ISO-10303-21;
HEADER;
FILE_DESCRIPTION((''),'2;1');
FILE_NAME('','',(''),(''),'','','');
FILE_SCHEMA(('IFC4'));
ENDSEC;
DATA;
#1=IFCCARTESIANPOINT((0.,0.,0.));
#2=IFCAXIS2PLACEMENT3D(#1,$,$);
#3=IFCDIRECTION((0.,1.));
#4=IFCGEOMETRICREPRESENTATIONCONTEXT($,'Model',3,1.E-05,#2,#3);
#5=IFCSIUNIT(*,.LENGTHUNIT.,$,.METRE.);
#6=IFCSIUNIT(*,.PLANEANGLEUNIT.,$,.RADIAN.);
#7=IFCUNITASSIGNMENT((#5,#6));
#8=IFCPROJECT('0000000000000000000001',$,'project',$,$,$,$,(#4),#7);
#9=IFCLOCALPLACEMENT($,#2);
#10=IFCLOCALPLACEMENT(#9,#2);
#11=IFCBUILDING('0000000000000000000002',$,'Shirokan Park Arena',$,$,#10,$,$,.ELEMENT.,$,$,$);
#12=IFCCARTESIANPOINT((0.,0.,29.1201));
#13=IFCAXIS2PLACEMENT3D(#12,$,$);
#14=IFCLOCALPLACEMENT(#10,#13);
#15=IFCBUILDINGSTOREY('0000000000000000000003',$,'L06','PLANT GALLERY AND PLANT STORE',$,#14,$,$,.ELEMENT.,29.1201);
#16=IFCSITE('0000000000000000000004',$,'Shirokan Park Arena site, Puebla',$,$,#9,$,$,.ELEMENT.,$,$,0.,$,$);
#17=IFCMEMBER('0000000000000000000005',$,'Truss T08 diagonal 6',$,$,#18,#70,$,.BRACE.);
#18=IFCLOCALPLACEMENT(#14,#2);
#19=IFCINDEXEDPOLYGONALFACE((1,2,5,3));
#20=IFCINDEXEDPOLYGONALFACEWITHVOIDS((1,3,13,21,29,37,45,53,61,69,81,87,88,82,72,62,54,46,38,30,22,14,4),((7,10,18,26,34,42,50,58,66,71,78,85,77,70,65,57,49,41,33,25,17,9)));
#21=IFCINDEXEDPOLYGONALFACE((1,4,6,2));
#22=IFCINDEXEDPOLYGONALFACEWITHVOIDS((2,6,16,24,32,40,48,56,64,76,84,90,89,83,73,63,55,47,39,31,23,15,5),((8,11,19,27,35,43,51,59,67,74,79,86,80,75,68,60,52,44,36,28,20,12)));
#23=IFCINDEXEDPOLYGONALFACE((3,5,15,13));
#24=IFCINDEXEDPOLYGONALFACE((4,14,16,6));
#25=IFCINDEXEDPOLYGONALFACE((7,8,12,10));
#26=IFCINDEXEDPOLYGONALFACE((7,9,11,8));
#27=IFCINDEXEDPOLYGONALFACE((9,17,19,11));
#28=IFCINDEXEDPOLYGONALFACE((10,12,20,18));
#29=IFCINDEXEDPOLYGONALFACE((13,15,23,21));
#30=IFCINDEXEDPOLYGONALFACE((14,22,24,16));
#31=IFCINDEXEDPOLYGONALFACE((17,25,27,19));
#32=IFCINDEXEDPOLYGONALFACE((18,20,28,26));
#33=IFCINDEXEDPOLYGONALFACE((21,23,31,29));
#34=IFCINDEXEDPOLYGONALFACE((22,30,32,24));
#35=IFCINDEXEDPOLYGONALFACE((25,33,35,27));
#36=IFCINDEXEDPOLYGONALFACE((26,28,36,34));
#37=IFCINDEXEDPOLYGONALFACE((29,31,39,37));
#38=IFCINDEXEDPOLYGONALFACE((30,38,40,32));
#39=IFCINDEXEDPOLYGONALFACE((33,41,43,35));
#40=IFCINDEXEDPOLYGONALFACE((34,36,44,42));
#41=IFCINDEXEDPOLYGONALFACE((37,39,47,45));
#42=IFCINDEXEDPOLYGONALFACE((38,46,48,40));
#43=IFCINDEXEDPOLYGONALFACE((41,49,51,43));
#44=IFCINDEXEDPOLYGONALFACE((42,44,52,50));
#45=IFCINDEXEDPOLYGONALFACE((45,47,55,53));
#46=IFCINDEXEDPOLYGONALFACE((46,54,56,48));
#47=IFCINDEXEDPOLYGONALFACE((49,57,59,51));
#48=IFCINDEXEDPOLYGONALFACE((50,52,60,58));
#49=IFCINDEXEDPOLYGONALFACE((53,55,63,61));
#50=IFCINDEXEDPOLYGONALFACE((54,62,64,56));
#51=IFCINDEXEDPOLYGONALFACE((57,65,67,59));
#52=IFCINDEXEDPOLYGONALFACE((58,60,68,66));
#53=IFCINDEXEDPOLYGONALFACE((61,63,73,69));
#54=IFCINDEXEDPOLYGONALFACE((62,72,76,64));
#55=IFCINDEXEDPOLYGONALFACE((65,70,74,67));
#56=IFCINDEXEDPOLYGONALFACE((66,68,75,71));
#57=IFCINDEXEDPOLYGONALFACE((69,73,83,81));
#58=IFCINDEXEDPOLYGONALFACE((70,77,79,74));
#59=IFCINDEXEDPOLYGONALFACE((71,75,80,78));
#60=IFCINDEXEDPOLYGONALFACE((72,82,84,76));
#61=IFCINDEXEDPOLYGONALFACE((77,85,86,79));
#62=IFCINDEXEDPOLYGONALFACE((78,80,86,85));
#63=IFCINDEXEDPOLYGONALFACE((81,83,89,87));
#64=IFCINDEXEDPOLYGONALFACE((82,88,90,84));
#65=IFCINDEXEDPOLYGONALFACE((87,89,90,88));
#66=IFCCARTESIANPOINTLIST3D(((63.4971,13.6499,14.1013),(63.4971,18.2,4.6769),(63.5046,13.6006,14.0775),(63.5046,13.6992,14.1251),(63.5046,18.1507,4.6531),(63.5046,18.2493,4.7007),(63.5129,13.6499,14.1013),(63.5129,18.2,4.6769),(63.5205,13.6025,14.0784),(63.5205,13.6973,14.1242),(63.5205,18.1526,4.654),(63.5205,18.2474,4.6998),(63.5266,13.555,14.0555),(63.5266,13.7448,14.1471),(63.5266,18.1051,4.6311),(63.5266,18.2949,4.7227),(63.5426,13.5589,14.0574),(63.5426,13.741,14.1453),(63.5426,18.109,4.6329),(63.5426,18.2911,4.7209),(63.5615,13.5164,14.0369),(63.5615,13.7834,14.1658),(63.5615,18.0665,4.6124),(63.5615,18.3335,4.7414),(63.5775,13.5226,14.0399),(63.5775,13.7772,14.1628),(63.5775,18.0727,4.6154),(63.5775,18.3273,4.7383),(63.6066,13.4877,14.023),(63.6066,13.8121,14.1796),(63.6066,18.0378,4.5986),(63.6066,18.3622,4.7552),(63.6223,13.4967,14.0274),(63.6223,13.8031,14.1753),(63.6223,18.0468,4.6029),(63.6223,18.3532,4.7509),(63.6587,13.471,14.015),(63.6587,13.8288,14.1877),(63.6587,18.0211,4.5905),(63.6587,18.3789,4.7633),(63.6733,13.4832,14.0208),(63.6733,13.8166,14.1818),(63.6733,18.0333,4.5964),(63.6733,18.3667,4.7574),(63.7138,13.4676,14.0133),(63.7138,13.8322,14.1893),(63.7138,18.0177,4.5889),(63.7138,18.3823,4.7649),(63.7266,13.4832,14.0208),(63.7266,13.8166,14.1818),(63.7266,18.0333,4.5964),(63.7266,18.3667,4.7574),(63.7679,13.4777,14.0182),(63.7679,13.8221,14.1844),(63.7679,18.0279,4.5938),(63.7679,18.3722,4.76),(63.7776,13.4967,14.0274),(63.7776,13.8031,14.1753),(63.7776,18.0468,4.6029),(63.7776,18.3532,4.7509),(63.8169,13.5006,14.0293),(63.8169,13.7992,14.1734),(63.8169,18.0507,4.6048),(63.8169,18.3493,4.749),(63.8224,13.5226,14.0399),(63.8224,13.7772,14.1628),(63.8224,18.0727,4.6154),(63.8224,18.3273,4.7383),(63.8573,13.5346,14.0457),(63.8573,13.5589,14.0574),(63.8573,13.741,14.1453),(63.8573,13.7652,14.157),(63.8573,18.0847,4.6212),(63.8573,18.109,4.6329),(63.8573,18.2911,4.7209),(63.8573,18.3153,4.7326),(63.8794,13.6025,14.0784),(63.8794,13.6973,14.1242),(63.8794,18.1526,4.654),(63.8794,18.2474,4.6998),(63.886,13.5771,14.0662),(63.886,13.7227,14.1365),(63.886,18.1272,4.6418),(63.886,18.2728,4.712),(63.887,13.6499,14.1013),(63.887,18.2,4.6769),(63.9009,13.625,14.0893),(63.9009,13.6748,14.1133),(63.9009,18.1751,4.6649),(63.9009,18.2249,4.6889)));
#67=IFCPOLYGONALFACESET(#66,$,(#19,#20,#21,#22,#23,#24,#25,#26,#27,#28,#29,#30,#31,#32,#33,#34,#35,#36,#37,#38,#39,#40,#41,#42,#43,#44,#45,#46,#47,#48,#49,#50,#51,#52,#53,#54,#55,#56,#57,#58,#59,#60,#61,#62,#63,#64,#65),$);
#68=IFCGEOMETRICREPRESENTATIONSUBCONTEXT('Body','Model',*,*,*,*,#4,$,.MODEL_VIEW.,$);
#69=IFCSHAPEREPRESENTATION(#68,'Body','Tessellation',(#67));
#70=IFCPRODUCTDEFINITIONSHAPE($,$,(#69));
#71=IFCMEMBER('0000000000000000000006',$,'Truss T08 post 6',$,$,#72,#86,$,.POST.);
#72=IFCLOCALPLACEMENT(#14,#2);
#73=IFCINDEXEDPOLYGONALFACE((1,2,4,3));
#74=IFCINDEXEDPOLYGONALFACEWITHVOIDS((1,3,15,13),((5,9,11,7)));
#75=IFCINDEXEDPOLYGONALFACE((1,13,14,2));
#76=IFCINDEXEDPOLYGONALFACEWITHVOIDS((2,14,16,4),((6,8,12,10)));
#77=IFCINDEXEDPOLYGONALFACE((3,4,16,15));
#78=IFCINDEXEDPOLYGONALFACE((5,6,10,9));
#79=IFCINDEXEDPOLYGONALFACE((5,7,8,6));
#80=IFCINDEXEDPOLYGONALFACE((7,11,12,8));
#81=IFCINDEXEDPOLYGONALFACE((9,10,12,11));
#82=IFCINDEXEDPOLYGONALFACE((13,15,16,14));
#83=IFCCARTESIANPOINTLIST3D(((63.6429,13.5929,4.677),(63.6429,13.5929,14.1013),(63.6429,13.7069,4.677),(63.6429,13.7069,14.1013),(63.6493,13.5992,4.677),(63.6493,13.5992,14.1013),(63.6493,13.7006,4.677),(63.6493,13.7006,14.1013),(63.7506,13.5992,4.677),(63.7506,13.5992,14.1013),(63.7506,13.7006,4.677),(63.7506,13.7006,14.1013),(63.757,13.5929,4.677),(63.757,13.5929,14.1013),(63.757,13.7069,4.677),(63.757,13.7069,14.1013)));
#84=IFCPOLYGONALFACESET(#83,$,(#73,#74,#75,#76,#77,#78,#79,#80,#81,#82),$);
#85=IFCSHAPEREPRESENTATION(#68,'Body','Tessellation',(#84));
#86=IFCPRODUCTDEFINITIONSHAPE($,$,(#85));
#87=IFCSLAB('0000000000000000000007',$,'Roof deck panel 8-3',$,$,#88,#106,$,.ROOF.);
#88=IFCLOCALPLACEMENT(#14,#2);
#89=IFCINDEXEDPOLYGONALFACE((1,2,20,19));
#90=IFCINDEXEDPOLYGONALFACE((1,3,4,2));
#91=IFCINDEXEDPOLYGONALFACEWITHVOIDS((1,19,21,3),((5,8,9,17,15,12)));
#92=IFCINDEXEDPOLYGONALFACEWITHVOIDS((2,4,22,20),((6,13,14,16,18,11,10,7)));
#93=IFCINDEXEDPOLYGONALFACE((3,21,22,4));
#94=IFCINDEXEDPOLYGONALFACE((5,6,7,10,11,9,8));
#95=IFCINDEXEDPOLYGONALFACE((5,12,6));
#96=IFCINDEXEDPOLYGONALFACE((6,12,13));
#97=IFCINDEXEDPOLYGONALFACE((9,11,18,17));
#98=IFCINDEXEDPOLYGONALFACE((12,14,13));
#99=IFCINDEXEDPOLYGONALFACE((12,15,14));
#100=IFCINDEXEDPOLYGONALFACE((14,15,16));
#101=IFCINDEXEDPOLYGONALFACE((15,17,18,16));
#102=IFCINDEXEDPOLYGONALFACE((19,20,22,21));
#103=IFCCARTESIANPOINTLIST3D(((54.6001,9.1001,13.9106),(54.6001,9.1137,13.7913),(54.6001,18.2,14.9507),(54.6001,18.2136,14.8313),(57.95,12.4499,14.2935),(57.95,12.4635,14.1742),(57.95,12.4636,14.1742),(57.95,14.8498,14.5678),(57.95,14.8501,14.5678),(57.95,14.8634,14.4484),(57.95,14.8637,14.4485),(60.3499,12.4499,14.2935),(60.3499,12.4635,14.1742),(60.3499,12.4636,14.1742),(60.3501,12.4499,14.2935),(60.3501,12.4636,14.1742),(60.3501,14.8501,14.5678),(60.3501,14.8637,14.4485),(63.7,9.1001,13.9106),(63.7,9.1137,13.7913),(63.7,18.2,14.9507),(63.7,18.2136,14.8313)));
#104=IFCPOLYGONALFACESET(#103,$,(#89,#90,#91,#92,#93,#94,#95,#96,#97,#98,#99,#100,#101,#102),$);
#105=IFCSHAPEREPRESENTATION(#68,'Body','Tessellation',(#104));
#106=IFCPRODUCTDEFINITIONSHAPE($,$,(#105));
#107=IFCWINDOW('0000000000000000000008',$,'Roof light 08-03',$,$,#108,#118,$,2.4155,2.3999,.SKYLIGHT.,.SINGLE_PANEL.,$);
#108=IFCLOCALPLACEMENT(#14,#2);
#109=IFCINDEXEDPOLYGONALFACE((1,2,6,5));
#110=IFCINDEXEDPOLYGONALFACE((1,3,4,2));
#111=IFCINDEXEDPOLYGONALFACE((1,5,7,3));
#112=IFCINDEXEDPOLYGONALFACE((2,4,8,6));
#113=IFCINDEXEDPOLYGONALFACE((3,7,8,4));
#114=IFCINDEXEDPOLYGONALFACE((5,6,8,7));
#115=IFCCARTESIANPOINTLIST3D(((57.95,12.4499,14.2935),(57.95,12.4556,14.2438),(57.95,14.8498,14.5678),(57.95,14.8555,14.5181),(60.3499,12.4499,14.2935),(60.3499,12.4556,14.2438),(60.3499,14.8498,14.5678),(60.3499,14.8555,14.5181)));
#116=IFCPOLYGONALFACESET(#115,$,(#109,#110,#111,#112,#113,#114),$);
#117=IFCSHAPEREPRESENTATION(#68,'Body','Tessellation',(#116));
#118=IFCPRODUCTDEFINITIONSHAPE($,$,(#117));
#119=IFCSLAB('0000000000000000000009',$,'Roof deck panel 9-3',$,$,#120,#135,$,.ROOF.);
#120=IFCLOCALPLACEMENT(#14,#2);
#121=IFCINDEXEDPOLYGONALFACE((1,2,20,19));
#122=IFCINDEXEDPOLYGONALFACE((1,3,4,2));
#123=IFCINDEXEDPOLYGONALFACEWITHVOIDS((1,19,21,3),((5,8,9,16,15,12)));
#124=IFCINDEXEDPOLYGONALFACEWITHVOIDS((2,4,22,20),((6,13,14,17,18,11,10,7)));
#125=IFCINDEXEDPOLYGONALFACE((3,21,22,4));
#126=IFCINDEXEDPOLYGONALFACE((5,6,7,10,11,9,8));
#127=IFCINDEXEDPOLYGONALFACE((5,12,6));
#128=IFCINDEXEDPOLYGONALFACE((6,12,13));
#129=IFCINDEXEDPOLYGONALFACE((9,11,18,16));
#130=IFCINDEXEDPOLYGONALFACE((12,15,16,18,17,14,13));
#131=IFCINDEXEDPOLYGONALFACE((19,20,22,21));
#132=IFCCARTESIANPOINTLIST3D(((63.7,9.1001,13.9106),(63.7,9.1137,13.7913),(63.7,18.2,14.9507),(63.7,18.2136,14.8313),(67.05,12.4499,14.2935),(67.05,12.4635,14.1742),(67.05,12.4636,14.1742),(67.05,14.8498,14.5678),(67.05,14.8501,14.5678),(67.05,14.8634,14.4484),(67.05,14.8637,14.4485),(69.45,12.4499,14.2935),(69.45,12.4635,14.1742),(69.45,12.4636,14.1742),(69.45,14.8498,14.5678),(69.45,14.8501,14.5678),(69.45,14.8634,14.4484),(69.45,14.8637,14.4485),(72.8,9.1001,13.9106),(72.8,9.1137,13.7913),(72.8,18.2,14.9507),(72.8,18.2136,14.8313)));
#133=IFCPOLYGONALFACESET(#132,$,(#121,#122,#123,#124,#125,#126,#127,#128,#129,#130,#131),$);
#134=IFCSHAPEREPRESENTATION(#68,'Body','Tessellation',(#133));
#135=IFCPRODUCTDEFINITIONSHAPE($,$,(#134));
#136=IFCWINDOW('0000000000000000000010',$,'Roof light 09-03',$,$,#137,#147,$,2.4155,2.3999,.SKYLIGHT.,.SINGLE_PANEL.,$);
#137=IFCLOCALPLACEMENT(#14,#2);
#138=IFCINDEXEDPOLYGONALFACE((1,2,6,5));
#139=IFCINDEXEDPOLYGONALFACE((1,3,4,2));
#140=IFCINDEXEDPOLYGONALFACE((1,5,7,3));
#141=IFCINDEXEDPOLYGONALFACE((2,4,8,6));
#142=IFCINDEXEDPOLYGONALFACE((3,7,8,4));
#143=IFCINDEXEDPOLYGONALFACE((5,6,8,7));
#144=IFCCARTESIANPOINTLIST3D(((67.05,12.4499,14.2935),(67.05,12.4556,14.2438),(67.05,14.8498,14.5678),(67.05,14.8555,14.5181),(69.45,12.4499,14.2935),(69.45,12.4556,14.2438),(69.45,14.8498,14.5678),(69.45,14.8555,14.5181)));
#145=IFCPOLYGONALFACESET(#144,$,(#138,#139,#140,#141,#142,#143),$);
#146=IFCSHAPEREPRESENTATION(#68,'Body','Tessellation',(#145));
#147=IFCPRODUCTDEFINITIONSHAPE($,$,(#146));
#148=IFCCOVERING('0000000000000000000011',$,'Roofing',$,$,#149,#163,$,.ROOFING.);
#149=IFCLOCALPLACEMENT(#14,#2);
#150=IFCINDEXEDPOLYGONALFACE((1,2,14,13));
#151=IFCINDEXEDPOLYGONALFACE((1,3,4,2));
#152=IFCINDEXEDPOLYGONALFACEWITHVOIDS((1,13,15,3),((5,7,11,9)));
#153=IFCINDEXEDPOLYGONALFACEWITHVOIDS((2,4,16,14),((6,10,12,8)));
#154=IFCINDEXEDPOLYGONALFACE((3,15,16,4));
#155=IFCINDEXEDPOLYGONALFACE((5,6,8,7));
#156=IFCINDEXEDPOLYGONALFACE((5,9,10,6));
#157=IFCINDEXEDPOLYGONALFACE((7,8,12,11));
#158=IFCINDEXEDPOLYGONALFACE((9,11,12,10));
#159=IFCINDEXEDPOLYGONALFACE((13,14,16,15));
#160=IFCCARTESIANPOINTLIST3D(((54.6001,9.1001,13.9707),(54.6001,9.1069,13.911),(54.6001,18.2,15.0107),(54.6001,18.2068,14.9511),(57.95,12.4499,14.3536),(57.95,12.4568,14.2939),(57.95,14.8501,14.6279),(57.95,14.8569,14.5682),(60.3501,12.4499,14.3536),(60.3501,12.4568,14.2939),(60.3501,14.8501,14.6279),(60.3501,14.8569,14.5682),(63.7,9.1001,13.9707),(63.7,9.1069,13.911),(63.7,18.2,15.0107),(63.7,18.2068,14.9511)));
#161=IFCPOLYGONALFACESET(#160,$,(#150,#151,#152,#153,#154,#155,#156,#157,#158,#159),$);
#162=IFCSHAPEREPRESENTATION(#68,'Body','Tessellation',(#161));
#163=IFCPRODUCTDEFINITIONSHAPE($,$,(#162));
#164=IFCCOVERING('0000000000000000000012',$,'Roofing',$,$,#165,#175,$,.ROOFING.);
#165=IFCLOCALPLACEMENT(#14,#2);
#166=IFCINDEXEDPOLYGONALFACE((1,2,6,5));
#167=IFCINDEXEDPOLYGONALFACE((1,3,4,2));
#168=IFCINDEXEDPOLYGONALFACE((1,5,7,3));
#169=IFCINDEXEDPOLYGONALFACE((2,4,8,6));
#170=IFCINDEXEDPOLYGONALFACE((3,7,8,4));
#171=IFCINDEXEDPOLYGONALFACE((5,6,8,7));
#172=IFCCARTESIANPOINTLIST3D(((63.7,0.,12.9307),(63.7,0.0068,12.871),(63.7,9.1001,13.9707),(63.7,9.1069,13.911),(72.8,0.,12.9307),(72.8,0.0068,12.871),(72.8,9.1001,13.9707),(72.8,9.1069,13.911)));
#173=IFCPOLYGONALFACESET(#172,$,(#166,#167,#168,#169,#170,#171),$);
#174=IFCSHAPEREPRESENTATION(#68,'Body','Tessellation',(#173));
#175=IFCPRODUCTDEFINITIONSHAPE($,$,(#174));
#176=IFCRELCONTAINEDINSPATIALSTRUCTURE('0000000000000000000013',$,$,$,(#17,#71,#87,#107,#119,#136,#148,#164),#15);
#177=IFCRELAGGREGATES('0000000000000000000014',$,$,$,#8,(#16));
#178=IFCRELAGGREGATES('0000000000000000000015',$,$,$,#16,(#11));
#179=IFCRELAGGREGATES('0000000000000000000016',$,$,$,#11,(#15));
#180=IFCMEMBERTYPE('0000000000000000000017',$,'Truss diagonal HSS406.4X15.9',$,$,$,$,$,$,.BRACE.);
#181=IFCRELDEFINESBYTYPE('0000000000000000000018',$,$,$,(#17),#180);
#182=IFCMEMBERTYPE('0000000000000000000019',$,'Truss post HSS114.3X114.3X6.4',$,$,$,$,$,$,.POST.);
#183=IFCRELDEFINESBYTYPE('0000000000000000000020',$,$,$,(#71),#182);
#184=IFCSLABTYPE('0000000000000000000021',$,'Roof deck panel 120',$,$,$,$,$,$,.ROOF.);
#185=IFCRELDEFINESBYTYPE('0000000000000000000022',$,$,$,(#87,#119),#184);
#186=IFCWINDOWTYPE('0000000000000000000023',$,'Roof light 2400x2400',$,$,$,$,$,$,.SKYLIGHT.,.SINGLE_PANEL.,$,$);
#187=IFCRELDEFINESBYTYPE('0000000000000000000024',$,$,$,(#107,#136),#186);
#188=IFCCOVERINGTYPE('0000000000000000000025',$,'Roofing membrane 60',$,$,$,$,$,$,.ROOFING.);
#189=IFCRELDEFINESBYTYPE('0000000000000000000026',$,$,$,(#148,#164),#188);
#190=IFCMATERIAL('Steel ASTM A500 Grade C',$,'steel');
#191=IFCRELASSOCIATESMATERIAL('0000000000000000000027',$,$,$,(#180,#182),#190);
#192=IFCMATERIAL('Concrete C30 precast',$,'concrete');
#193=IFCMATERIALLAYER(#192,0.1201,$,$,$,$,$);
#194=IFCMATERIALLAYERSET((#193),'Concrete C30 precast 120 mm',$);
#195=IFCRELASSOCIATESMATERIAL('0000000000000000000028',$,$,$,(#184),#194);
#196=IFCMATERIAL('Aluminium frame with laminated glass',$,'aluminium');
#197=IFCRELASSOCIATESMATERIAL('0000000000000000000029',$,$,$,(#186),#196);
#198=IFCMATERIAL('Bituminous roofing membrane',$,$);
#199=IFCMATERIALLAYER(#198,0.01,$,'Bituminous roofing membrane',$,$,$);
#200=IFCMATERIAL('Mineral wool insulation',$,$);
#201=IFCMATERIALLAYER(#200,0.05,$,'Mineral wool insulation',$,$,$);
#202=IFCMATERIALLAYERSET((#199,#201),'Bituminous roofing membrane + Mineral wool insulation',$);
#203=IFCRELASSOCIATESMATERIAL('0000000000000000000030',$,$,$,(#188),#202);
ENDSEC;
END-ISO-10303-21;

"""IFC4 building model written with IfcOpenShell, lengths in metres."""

from ifc_helpers import new_model, si_unit, direction, frame, origin, origin_2d, place, context, subcontext, project, spatial, polyline, rectangle, hollow_rectangle, hollow_circle, outline, extrude, material, layer, layer_set, material_profile, profile_set, type_object, element, fill, save


model = new_model("IFC4")

# Units and contexts
model_context = context("Model", 3, precision=1e-05, world=origin(), true_north=direction((0.0, 1.0)))
body_context = subcontext(model_context, "Body", "Model", "MODEL_VIEW")
ifc_project = project(units=[si_unit("LENGTHUNIT", "METRE"), si_unit("PLANEANGLEUNIT", "RADIAN")], contexts=[model_context])

# Site, building, storey
site_placement = place(None, origin())
site = spatial("IfcSite", under=ifc_project, at=site_placement, Name="Shirokan Park Arena site, Puebla", CompositionType="ELEMENT", RefElevation=0.0)
building_placement = place(site_placement, origin())
building = spatial("IfcBuilding", under=site, at=building_placement, Name="Shirokan Park Arena", CompositionType="ELEMENT")
storey_placement = place(building_placement, frame((0.0, 0.0, 29.1201)))
storey = spatial("IfcBuildingStorey", under=building, at=storey_placement, Name="L06", Description="PLANT GALLERY AND PLANT STORE", CompositionType="ELEMENT", Elevation=29.1201)

# Members
ifc_material_1 = material(Name="Steel ASTM A500 Grade C", Category="steel")
ifc_material_profile_1 = material_profile(ifc_material_1, hollow_circle(Radius=0.2029, WallThickness=0.0159, at=origin_2d()), Name="HSS406.4X15.9")
ifc_profile_set_1 = profile_set([ifc_material_profile_1], Name="Steel ASTM A500 Grade C")
member_type_1 = type_object("IfcMemberType", Name="Truss diagonal HSS406.4X15.9", PredefinedType="BRACE", material=ifc_profile_set_1)
member_1_placement = place(storey_placement, frame((63.7, 13.6499, 14.1013), z_axis=(0.0, 0.434778, -0.900537), x_axis=(-1.0, 0.0, 0.0)))
element("IfcMember", 1, at=member_1_placement, inside=storey, type_object=member_type_1, Name="Truss T08 diagonal 6", PredefinedType="BRACE", context=body_context, shape_type="SweptSolid", body=[
    extrude(hollow_circle(Radius=0.2029, WallThickness=0.0159, at=origin_2d()), origin(), (0.0, 0.0, 1.0), 10.4653),
])
ifc_material_profile_2 = material_profile(ifc_material_1, hollow_rectangle(XDim=0.114, YDim=0.114, WallThickness=0.0063, at=origin_2d()), Name="HSS114.3X114.3X6.4")
ifc_profile_set_2 = profile_set([ifc_material_profile_2], Name="Steel ASTM A500 Grade C")
member_type_2 = type_object("IfcMemberType", Name="Truss post HSS114.3X114.3X6.4", PredefinedType="POST", material=ifc_profile_set_2)
member_2_placement = place(storey_placement, frame((63.7, 13.6499, 4.677), z_axis=(0.0, 0.0, 1.0), x_axis=(1.0, 0.0, 0.0)))
element("IfcMember", 2, at=member_2_placement, inside=storey, type_object=member_type_2, Name="Truss T08 post 6", PredefinedType="POST", context=body_context, shape_type="SweptSolid", body=[
    extrude(hollow_rectangle(XDim=0.114, YDim=0.114, WallThickness=0.0063, at=origin_2d()), origin(), (0.0, 0.0, 1.0), 9.4243),
])

# Slabs, openings, windows
ifc_material_2 = material(Name="Concrete C30 precast", Category="concrete")
ifc_layer_1 = layer(ifc_material_2, 0.1201)
ifc_layer_set_1 = layer_set([ifc_layer_1], Name="Concrete C30 precast 120 mm")
slab_type = type_object("IfcSlabType", Name="Roof deck panel 120", PredefinedType="ROOF", material=ifc_layer_set_1)
slab_1_placement = place(storey_placement, frame((54.6001, 9.1001, 13.9106), z_axis=(0.0, -0.113553, 0.993532), x_axis=(1.0, 0.0, 0.0)))
slab_1 = element("IfcSlab", 3, at=slab_1_placement, inside=storey, type_object=slab_type, Name="Roof deck panel 8-3", PredefinedType="ROOF", context=body_context, shape_type="SweptSolid", body=[
    extrude(outline(polyline([(0.0, 0.0), (9.0999, 0.0), (9.0999, 9.1591), (0.0, 9.1591), (0.0, 0.0)]), holes=[polyline([(3.3499, 3.3717), (5.75, 3.3717), (5.75, 5.7874), (3.3499, 5.7874), (3.3499, 3.3717)])]), origin(), (0.0, 0.0, -1.0), 0.1201),
])
opening_1_placement = place(slab_1_placement, frame((4.5498, 4.5793, 0.01)))
opening_1 = element("IfcOpeningElement", 4, at=opening_1_placement, cuts=slab_1, PredefinedType="OPENING", context=body_context, shape_type="SweptSolid", body=[
    extrude(rectangle(XDim=2.3999, YDim=2.4155, at=origin_2d()), origin(), (0.0, 0.0, -1.0), 0.1399),
])
ifc_material_3 = material(Name="Aluminium frame with laminated glass", Category="aluminium")
window_type = type_object("IfcWindowType", Name="Roof light 2400x2400", PartitioningType="SINGLE_PANEL", PredefinedType="SKYLIGHT", material=ifc_material_3)
window_1_placement = place(opening_1_placement, frame((0.0, 0.0, -0.0601)))
window_1 = element("IfcWindow", 5, at=window_1_placement, inside=storey, type_object=window_type, Name="Roof light 08-03", OverallHeight=2.4155, OverallWidth=2.3999, PartitioningType="SINGLE_PANEL", PredefinedType="SKYLIGHT", context=body_context, shape_type="SweptSolid", body=[
    extrude(rectangle(XDim=2.3999, YDim=2.4155, at=origin_2d()), origin(), (0.0, 0.0, 1.0), 0.05),
])
fill(opening_1, window_1)
slab_2_placement = place(storey_placement, frame((63.7, 9.1001, 13.9106), z_axis=(0.0, -0.113553, 0.993532), x_axis=(1.0, 0.0, 0.0)))
slab_2 = element("IfcSlab", 6, at=slab_2_placement, inside=storey, type_object=slab_type, Name="Roof deck panel 9-3", PredefinedType="ROOF", context=body_context, shape_type="SweptSolid", body=[
    extrude(outline(polyline([(0.0, 0.0), (9.1001, 0.0), (9.1001, 9.1591), (0.0, 9.1591), (0.0, 0.0)]), holes=[polyline([(3.3501, 3.3717), (5.75, 3.3717), (5.75, 5.7874), (3.3501, 5.7874), (3.3501, 3.3717)])]), origin(), (0.0, 0.0, -1.0), 0.1201),
])
opening_2_placement = place(slab_2_placement, frame((4.55, 4.5793, 0.01)))
opening_2 = element("IfcOpeningElement", 7, at=opening_2_placement, cuts=slab_2, PredefinedType="OPENING", context=body_context, shape_type="SweptSolid", body=[
    extrude(rectangle(XDim=2.3999, YDim=2.4155, at=origin_2d()), origin(), (0.0, 0.0, -1.0), 0.1399),
])
window_2_placement = place(opening_2_placement, frame((0.0, 0.0, -0.0601)))
window_2 = element("IfcWindow", 8, at=window_2_placement, inside=storey, type_object=window_type, Name="Roof light 09-03", OverallHeight=2.4155, OverallWidth=2.3999, PartitioningType="SINGLE_PANEL", PredefinedType="SKYLIGHT", context=body_context, shape_type="SweptSolid", body=[
    extrude(rectangle(XDim=2.3999, YDim=2.4155, at=origin_2d()), origin(), (0.0, 0.0, 1.0), 0.05),
])
fill(opening_2, window_2)

# Coverings
ifc_material_4 = material(Name="Bituminous roofing membrane")
ifc_layer_2 = layer(ifc_material_4, 0.01, Name="Bituminous roofing membrane")
ifc_material_5 = material(Name="Mineral wool insulation")
ifc_layer_3 = layer(ifc_material_5, 0.05, Name="Mineral wool insulation")
ifc_layer_set_2 = layer_set([ifc_layer_2, ifc_layer_3], Name="Bituminous roofing membrane + Mineral wool insulation")
covering_type = type_object("IfcCoveringType", Name="Roofing membrane 60", PredefinedType="ROOFING", material=ifc_layer_set_2)
covering_1_placement = place(storey_placement, frame((54.6001, 9.1001, 13.9707), z_axis=(0.0, -0.113553, 0.993532), x_axis=(1.0, 0.0, 0.0)))
element("IfcCovering", 9, at=covering_1_placement, inside=storey, type_object=covering_type, Name="Roofing", PredefinedType="ROOFING", context=body_context, shape_type="SweptSolid", body=[
    extrude(outline(polyline([(0.0, 0.0), (9.0999, 0.0), (9.0999, 9.1591), (0.0, 9.1591), (0.0, 0.0)]), holes=[polyline([(5.75, 3.3717), (5.75, 5.7874), (3.3499, 5.7874), (3.3499, 3.3717), (5.75, 3.3717)])]), origin(), (0.0, 0.0, -1.0), 0.0601),
])
covering_2_placement = place(storey_placement, frame((63.7, 0.0, 12.9307), z_axis=(0.0, -0.11355, 0.993532), x_axis=(1.0, 0.0, 0.0)))
element("IfcCovering", 10, at=covering_2_placement, inside=storey, type_object=covering_type, Name="Roofing", PredefinedType="ROOFING", context=body_context, shape_type="SweptSolid", body=[
    extrude(outline(polyline([(0.0, 0.0), (9.1001, 0.0), (9.1001, 9.1593), (0.0, 9.1593), (0.0, 0.0)])), origin(), (0.0, 0.0, -1.0), 0.0601),
])

save(model, "model.ifc")
